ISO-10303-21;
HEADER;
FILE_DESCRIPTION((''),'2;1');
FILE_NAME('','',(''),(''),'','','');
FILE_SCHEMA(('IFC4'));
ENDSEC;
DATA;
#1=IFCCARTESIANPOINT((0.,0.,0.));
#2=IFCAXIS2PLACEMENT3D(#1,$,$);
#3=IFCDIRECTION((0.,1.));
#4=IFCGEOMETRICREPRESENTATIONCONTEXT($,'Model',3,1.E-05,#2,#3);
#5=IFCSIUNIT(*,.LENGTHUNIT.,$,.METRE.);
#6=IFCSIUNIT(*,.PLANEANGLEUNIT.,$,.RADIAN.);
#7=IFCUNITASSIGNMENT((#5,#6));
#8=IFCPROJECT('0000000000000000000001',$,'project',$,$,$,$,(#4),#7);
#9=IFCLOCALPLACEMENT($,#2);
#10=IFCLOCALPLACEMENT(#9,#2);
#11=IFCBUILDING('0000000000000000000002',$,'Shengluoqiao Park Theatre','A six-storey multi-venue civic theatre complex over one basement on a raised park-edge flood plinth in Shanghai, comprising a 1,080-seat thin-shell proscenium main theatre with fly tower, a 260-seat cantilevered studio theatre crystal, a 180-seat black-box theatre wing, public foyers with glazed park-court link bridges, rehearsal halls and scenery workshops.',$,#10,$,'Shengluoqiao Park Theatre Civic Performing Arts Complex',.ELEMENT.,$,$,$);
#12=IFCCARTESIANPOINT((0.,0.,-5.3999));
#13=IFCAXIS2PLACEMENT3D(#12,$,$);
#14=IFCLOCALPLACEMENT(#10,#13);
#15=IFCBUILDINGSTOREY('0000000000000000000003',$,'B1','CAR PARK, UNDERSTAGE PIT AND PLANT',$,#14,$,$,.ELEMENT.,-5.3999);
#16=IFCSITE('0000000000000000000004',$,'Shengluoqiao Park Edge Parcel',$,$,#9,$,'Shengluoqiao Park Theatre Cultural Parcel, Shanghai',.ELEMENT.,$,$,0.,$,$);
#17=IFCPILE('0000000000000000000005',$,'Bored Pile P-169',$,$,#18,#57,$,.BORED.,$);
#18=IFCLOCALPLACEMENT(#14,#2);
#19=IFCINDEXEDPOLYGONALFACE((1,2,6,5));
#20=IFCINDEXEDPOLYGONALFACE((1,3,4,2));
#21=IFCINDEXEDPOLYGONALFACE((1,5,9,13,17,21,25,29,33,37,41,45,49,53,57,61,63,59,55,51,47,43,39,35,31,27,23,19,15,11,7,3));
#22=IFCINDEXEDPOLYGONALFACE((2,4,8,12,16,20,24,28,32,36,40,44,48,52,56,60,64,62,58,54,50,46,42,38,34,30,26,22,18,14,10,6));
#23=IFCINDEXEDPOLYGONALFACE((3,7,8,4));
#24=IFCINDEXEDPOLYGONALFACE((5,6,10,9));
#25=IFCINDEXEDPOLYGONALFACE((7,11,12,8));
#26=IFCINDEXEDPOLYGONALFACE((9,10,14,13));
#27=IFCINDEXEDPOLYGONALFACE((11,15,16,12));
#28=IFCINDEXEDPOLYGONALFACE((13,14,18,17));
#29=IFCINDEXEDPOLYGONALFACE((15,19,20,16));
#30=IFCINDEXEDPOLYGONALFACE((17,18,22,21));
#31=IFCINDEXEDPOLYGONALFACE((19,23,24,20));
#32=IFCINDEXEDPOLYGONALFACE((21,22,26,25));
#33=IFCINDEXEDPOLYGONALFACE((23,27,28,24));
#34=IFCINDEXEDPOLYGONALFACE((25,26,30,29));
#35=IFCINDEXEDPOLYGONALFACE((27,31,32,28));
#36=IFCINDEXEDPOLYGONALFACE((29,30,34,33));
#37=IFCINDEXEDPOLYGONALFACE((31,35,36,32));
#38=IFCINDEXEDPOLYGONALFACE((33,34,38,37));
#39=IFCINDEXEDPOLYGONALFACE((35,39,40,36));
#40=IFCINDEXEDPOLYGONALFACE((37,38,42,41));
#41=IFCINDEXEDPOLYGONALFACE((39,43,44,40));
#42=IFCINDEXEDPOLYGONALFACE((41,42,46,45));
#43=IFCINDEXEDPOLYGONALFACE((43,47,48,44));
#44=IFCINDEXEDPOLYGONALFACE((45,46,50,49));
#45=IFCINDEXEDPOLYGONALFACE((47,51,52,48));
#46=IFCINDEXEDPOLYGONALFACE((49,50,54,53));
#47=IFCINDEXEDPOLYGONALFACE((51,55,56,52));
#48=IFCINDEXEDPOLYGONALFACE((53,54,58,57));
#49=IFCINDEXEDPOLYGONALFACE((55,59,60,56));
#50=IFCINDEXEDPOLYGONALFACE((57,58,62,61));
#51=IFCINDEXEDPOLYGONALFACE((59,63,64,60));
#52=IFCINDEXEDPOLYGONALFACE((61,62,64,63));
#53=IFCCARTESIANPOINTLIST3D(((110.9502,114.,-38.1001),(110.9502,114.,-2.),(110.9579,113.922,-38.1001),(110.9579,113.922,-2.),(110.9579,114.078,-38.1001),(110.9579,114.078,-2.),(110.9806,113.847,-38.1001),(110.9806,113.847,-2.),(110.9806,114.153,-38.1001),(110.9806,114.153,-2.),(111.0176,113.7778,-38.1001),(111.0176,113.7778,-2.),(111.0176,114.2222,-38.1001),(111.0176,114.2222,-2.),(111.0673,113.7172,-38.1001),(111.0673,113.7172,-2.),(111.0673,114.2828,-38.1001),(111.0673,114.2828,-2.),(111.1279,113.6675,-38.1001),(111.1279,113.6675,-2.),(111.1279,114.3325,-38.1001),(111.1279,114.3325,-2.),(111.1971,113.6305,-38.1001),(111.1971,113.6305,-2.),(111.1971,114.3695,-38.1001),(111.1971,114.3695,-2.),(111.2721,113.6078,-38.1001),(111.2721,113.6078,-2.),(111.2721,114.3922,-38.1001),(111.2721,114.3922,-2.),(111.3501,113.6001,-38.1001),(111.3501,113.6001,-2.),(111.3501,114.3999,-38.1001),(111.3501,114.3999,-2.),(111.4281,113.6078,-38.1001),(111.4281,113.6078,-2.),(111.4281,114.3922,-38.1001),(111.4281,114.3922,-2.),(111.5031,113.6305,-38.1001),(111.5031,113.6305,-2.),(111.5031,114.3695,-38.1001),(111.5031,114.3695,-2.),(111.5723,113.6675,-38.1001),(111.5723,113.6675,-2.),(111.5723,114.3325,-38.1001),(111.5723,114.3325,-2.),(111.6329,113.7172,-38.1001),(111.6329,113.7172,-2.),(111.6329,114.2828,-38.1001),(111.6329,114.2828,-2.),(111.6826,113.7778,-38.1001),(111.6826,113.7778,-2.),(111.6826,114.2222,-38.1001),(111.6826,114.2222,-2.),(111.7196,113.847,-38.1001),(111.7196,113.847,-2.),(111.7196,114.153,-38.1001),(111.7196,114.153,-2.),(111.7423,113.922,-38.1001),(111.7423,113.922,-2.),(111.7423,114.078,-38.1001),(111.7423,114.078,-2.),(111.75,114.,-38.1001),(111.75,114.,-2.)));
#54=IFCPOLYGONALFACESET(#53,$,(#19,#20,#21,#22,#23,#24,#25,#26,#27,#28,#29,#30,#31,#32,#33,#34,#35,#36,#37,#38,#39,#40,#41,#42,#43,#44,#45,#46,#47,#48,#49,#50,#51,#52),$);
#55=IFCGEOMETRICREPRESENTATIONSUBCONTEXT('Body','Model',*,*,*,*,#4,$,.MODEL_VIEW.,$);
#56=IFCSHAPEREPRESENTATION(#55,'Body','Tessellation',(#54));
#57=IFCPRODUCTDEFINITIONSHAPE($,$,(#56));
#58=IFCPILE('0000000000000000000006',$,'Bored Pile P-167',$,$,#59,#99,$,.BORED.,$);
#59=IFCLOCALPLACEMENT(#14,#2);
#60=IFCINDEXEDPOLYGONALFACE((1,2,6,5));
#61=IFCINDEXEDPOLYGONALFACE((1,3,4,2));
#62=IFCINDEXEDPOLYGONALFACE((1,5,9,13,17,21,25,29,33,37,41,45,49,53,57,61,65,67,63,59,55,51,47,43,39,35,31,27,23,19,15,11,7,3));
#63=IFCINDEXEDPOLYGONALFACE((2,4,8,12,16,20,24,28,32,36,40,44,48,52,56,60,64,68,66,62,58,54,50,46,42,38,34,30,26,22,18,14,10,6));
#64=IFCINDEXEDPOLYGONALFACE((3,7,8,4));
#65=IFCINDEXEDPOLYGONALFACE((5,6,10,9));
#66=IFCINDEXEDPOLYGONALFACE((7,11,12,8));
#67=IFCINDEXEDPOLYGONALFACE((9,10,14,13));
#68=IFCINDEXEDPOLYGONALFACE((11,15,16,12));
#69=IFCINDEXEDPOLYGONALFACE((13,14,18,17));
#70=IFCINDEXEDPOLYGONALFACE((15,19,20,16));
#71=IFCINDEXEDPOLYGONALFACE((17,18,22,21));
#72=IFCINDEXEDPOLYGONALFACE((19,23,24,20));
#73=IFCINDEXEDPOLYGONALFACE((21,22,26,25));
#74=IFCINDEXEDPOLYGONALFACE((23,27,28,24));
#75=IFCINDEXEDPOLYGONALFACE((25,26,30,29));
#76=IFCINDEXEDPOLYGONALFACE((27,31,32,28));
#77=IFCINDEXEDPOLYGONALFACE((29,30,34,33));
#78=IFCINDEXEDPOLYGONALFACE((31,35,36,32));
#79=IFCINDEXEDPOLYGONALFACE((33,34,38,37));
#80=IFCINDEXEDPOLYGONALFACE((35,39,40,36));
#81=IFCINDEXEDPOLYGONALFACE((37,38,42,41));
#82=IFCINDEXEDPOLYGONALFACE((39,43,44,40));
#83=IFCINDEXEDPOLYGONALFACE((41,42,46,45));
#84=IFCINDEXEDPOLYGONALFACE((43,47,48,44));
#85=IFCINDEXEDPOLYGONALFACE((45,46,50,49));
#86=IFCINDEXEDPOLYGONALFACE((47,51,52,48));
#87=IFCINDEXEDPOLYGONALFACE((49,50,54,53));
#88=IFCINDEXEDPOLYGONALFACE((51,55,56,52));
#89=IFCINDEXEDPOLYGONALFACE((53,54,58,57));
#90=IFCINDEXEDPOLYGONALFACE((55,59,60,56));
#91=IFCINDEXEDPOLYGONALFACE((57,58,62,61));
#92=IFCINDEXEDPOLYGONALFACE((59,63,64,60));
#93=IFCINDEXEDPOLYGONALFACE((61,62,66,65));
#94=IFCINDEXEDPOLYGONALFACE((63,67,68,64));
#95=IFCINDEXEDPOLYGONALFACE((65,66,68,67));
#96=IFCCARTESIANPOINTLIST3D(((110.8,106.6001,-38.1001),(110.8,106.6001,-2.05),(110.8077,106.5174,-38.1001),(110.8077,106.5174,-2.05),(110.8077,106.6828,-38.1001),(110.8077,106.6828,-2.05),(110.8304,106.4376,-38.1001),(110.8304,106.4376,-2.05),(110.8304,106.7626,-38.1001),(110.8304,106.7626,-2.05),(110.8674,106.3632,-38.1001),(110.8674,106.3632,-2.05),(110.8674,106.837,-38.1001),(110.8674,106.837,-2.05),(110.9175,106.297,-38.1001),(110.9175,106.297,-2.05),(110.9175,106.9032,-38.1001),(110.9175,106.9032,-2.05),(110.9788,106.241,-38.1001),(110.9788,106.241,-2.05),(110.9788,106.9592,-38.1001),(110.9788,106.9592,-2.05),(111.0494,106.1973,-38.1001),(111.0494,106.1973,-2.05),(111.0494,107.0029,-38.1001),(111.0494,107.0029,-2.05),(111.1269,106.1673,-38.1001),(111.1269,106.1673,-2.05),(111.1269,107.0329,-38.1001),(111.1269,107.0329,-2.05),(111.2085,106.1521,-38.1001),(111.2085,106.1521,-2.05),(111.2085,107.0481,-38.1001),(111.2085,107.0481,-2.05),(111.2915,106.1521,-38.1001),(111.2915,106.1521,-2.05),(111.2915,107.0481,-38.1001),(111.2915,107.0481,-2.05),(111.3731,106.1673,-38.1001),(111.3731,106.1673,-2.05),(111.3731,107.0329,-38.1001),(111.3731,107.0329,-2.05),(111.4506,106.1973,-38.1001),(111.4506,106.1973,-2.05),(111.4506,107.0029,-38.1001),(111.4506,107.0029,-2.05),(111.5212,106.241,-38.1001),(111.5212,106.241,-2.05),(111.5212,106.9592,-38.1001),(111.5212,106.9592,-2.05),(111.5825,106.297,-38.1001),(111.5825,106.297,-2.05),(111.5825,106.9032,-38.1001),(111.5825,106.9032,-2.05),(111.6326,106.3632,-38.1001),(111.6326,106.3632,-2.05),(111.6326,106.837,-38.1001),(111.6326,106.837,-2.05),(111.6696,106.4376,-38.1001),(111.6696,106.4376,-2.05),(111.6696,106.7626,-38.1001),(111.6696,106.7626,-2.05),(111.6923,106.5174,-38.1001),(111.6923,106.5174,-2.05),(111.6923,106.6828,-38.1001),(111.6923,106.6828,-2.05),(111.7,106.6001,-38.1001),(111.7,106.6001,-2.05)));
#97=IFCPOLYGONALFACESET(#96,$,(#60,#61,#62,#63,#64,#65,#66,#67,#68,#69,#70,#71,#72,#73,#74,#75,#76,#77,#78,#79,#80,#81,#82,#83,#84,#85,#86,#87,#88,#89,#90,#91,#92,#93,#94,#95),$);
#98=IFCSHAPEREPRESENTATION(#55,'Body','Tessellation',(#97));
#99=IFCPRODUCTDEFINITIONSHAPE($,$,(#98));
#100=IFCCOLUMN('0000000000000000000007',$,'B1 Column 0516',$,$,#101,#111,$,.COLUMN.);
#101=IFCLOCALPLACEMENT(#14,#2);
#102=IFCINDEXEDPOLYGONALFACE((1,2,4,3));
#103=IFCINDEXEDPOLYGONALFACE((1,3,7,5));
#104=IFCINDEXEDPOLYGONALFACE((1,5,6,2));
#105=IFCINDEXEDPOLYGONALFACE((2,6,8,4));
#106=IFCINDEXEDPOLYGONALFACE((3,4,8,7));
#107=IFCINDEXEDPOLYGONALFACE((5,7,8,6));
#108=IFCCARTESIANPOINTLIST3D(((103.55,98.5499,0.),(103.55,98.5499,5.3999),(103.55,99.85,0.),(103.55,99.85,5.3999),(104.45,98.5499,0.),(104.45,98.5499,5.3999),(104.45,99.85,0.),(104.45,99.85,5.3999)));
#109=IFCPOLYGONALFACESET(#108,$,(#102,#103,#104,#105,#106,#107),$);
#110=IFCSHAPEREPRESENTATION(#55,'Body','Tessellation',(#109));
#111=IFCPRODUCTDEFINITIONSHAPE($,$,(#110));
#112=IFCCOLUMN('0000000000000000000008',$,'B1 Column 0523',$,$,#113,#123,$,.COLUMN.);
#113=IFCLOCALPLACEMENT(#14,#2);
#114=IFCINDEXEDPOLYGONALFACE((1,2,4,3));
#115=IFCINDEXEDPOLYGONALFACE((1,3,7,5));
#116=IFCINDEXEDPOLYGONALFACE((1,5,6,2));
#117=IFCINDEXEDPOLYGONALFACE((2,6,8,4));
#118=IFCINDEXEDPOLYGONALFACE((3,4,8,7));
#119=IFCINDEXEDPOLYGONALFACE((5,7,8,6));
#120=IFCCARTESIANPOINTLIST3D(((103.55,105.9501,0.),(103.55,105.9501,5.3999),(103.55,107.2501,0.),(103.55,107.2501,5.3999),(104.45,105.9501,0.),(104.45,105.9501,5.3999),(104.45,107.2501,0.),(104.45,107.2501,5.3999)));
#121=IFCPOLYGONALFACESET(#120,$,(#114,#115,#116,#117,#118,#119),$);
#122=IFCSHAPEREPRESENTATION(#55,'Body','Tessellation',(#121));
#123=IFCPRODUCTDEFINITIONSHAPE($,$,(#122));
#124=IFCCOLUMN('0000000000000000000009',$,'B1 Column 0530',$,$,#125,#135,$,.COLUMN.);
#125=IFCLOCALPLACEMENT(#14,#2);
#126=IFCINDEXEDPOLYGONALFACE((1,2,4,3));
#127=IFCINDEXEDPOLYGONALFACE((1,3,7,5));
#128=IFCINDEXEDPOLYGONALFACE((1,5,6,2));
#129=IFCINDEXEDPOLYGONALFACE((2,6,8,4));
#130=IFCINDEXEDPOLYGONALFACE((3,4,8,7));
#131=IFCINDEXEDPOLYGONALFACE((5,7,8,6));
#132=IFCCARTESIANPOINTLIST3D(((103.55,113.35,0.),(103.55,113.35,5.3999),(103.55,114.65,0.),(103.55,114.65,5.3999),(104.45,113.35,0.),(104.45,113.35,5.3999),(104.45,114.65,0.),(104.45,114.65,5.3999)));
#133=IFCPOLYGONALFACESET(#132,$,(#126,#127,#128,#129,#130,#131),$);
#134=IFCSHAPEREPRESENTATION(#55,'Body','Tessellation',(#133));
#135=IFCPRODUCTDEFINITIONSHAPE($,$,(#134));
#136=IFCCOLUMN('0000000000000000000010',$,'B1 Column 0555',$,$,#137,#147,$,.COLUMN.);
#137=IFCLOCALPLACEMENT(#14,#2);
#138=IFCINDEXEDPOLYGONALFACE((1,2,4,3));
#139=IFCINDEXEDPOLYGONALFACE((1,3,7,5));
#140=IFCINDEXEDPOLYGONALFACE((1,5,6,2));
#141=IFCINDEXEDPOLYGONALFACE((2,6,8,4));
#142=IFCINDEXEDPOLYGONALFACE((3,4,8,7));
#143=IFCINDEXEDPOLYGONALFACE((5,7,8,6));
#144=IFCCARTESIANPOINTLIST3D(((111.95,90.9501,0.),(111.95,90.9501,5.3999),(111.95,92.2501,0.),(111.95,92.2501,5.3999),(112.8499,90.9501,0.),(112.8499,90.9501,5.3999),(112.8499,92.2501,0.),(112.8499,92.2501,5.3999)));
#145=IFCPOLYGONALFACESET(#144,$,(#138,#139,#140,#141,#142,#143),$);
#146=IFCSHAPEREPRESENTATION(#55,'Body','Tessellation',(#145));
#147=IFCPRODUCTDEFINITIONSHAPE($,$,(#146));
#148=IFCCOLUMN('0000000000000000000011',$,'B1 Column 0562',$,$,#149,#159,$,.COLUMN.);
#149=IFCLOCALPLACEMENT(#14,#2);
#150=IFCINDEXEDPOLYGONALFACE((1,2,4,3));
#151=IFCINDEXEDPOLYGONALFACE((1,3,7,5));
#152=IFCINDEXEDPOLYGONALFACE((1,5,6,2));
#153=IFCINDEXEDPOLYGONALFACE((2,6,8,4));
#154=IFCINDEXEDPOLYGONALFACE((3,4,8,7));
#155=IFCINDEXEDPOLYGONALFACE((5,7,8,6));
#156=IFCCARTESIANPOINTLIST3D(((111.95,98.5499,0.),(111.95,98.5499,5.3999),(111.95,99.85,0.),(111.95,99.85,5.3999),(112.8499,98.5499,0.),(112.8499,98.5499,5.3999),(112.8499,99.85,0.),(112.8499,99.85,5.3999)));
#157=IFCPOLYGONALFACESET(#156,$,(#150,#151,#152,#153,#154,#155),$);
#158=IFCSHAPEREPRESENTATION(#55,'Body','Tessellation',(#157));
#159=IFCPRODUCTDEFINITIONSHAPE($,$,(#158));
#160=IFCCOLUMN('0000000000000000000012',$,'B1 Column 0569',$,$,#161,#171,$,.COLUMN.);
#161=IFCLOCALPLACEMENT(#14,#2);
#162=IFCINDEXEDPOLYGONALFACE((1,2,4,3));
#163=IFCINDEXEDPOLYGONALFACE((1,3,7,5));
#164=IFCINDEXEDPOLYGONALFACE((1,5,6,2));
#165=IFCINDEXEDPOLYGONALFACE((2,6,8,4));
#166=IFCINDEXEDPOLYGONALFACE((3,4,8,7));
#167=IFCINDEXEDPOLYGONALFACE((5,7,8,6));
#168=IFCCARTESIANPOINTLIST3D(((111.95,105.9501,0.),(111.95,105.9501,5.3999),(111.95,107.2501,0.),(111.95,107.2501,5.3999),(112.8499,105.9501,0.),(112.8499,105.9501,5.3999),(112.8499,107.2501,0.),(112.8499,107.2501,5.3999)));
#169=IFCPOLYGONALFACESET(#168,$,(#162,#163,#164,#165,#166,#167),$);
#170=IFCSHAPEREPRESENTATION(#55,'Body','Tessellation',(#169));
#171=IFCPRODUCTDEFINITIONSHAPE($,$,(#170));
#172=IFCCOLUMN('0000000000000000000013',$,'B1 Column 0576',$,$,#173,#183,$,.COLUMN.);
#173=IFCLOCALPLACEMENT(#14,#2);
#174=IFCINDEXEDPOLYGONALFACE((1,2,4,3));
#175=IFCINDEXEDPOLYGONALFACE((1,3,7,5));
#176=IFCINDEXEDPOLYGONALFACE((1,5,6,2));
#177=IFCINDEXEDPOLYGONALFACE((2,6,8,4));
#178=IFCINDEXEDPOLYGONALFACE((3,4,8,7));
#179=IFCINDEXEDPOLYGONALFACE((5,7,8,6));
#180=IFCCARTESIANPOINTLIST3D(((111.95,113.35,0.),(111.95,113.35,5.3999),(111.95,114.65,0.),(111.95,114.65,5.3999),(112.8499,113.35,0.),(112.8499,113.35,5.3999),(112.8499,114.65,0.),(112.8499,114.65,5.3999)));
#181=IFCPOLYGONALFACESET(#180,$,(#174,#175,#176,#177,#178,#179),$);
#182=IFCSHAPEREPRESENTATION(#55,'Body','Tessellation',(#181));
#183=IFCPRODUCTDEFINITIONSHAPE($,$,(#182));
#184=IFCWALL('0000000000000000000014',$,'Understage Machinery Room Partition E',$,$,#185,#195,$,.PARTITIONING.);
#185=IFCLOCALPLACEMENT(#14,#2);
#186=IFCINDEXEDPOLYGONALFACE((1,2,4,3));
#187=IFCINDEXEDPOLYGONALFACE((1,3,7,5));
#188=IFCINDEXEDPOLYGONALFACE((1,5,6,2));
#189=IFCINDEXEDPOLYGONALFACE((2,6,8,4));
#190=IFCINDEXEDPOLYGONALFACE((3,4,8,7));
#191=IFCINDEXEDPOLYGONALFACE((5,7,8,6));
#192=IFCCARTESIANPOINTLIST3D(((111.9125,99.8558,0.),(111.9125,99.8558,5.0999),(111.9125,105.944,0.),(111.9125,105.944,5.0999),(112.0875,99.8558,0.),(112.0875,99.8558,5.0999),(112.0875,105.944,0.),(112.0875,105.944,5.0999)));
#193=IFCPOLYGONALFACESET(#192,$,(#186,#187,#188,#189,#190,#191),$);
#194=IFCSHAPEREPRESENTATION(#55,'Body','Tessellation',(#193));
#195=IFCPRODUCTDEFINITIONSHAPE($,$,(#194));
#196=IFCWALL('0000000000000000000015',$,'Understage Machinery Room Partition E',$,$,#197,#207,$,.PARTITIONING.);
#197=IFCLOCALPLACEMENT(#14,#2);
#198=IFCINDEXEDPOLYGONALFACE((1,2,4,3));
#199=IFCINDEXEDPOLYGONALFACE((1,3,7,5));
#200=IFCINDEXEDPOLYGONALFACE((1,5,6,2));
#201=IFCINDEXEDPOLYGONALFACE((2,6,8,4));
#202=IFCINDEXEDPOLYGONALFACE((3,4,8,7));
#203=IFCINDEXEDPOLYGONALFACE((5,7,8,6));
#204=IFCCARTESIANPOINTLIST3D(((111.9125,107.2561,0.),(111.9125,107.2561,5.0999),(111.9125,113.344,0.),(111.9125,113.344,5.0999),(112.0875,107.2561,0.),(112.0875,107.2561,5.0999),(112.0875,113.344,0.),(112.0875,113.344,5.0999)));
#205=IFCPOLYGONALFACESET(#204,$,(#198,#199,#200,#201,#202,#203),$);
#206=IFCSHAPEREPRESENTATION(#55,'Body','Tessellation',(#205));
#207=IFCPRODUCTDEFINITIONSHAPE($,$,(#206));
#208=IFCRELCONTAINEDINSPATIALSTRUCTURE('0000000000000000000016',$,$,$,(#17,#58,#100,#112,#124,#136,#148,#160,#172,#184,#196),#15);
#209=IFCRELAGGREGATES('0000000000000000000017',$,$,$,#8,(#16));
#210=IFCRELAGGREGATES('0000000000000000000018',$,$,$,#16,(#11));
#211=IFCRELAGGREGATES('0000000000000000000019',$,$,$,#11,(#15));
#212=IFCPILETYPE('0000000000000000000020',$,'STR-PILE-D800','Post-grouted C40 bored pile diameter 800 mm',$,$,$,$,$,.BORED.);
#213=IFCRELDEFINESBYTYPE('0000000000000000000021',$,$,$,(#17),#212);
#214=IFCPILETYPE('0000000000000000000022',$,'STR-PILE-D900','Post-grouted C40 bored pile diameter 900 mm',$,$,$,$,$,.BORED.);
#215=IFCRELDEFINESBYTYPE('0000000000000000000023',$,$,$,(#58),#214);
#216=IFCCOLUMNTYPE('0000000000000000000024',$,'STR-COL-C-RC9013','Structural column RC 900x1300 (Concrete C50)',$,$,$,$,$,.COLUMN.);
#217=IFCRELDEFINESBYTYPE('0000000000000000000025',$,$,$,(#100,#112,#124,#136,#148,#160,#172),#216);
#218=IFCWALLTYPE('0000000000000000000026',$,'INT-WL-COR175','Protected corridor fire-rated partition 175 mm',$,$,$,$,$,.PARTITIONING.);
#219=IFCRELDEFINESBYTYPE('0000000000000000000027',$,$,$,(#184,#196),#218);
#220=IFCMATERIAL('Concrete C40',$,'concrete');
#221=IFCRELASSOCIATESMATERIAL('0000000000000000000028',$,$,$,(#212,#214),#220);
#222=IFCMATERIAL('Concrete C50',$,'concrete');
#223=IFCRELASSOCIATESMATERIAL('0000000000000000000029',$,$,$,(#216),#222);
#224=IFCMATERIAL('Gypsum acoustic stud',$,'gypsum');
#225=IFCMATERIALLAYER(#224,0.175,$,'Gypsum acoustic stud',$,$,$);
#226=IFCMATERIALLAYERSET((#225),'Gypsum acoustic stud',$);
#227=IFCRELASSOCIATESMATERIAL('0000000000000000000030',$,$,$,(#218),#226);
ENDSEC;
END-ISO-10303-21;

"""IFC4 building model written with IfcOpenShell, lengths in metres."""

from ifc_helpers import new_model, si_unit, direction, frame, frame_2d, origin, origin_2d, place, context, subcontext, project, spatial, rectangle, circle, extrude, material, layer, layer_set, material_profile, profile_set, type_object, element, save


model = new_model("IFC4")

# Units and contexts
model_context = context("Model", 3, precision=1e-05, world=origin(), true_north=direction((0.0, 1.0)))
body_context = subcontext(model_context, "Body", "Model", "MODEL_VIEW")
ifc_project = project(units=[si_unit("LENGTHUNIT", "METRE"), si_unit("PLANEANGLEUNIT", "RADIAN")], contexts=[model_context])

# Site, building, storey
site_placement = place(None, origin())
site = spatial("IfcSite", under=ifc_project, at=site_placement, Name="Shengluoqiao Park Edge Parcel", LongName="Shengluoqiao Park Theatre Cultural Parcel, Shanghai", CompositionType="ELEMENT", RefElevation=0.0)
building_placement = place(site_placement, origin())
building = spatial("IfcBuilding", under=site, at=building_placement, Name="Shengluoqiao Park Theatre", Description="A six-storey multi-venue civic theatre complex over one basement on a raised park-edge flood plinth in Shanghai, comprising a 1,080-seat thin-shell proscenium main theatre with fly tower, a 260-seat cantilevered studio theatre crystal, a 180-seat black-box theatre wing, public foyers with glazed park-court link bridges, rehearsal halls and scenery workshops.", LongName="Shengluoqiao Park Theatre Civic Performing Arts Complex", CompositionType="ELEMENT")
storey_placement = place(building_placement, frame((0.0, 0.0, -5.3999)))
storey = spatial("IfcBuildingStorey", under=building, at=storey_placement, Name="B1", Description="CAR PARK, UNDERSTAGE PIT AND PLANT", CompositionType="ELEMENT", Elevation=-5.3999)

# Shared definitions
ifc_material_1 = material(Name="Concrete C40", Category="concrete")

# Piles
ifc_material_profile_1 = material_profile(ifc_material_1, circle(Radius=0.3999, at=origin_2d()), Name="BORED PILE D800")
ifc_profile_set_1 = profile_set([ifc_material_profile_1], Name="Concrete C40")
pile_type_1 = type_object("IfcPileType", Name="STR-PILE-D800", Description="Post-grouted C40 bored pile diameter 800 mm", PredefinedType="BORED", material=ifc_profile_set_1)
pile_1_placement = place(storey_placement, frame((111.3501, 114.0, -2.0), z_axis=(0.0, 0.0, -1.0), x_axis=(1.0, 0.0, 0.0)))
element("IfcPile", 1, at=pile_1_placement, inside=storey, type_object=pile_type_1, Name="Bored Pile P-169", PredefinedType="BORED", context=body_context, shape_type="SweptSolid", body=[
    extrude(circle(Radius=0.3999, at=origin_2d()), origin(), (0.0, 0.0, 1.0), 36.1001),
])
ifc_material_profile_2 = material_profile(ifc_material_1, circle(Radius=0.45, at=origin_2d()), Name="BORED PILE D900")
ifc_profile_set_2 = profile_set([ifc_material_profile_2], Name="Concrete C40")
pile_type_2 = type_object("IfcPileType", Name="STR-PILE-D900", Description="Post-grouted C40 bored pile diameter 900 mm", PredefinedType="BORED", material=ifc_profile_set_2)
pile_2_placement = place(storey_placement, frame((111.25, 106.6001, -2.05), z_axis=(0.0, 0.0, -1.0), x_axis=(1.0, 0.0, 0.0)))
element("IfcPile", 2, at=pile_2_placement, inside=storey, type_object=pile_type_2, Name="Bored Pile P-167", PredefinedType="BORED", context=body_context, shape_type="SweptSolid", body=[
    extrude(circle(Radius=0.45, at=origin_2d()), origin(), (0.0, 0.0, 1.0), 36.05),
])

# Columns
ifc_material_2 = material(Name="Concrete C50", Category="concrete")
ifc_material_profile_3 = material_profile(ifc_material_2, rectangle(XDim=0.8999, YDim=1.3, at=origin_2d()), Name="RC 900x1300")
ifc_profile_set_3 = profile_set([ifc_material_profile_3], Name="Concrete C50")
column_type = type_object("IfcColumnType", Name="STR-COL-C-RC9013", Description="Structural column RC 900x1300 (Concrete C50)", PredefinedType="COLUMN", material=ifc_profile_set_3)
for number, where, z_axis, x_axis, name in (
    (3, (104.0, 99.2, 0.0), (0.0, 0.0, 1.0), (1.0, 0.0, 0.0), "B1 Column 0516"),
    (4, (104.0, 106.6001, 0.0), (0.0, 0.0, 1.0), (1.0, 0.0, 0.0), "B1 Column 0523"),
    (5, (104.0, 114.0, 0.0), (0.0, 0.0, 1.0), (1.0, 0.0, 0.0), "B1 Column 0530"),
    (6, (112.3999, 91.6001, 0.0), (0.0, 0.0, 1.0), (1.0, 0.0, 0.0), "B1 Column 0555"),
    (7, (112.3999, 99.2, 0.0), (0.0, 0.0, 1.0), (1.0, 0.0, 0.0), "B1 Column 0562"),
    (8, (112.3999, 106.6001, 0.0), (0.0, 0.0, 1.0), (1.0, 0.0, 0.0), "B1 Column 0569"),
    (9, (112.3999, 114.0, 0.0), (0.0, 0.0, 1.0), (1.0, 0.0, 0.0), "B1 Column 0576"),
):
    element("IfcColumn", number, at=place(storey_placement, frame(where, z_axis=z_axis, x_axis=x_axis)), inside=storey, type_object=column_type, Name=name, PredefinedType="COLUMN", context=body_context, shape_type="SweptSolid", body=[
        extrude(rectangle(XDim=0.8999, YDim=1.3, at=origin_2d()), origin(), (0.0, 0.0, 1.0), 5.3999),
    ])

# Walls
ifc_material_3 = material(Name="Gypsum acoustic stud", Category="gypsum")
ifc_layer = layer(ifc_material_3, 0.175, Name="Gypsum acoustic stud")
ifc_layer_set = layer_set([ifc_layer], Name="Gypsum acoustic stud")
wall_type = type_object("IfcWallType", Name="INT-WL-COR175", Description="Protected corridor fire-rated partition 175 mm", PredefinedType="PARTITIONING", material=ifc_layer_set)
wall_1_placement = place(storey_placement, frame((112.0, 99.856, 0.0), z_axis=(0.0, 0.0, 1.0), x_axis=(0.0, 1.0, 0.0)))
element("IfcWall", 10, at=wall_1_placement, inside=storey, type_object=wall_type, Name="Understage Machinery Room Partition E", PredefinedType="PARTITIONING", context=body_context, shape_type="SweptSolid", body=[
    extrude(rectangle(XDim=6.0881, YDim=0.175, at=frame_2d((3.0439, 0.0))), origin(), (0.0, 0.0, 1.0), 5.0999),
])
wall_2_placement = place(storey_placement, frame((112.0, 107.2561, 0.0), z_axis=(0.0, 0.0, 1.0), x_axis=(0.0, 1.0, 0.0)))
element("IfcWall", 11, at=wall_2_placement, inside=storey, type_object=wall_type, Name="Understage Machinery Room Partition E", PredefinedType="PARTITIONING", context=body_context, shape_type="SweptSolid", body=[
    extrude(rectangle(XDim=6.0879, YDim=0.175, at=frame_2d((3.0439, 0.0))), origin(), (0.0, 0.0, 1.0), 5.0999),
])

save(model, "model.ifc")
